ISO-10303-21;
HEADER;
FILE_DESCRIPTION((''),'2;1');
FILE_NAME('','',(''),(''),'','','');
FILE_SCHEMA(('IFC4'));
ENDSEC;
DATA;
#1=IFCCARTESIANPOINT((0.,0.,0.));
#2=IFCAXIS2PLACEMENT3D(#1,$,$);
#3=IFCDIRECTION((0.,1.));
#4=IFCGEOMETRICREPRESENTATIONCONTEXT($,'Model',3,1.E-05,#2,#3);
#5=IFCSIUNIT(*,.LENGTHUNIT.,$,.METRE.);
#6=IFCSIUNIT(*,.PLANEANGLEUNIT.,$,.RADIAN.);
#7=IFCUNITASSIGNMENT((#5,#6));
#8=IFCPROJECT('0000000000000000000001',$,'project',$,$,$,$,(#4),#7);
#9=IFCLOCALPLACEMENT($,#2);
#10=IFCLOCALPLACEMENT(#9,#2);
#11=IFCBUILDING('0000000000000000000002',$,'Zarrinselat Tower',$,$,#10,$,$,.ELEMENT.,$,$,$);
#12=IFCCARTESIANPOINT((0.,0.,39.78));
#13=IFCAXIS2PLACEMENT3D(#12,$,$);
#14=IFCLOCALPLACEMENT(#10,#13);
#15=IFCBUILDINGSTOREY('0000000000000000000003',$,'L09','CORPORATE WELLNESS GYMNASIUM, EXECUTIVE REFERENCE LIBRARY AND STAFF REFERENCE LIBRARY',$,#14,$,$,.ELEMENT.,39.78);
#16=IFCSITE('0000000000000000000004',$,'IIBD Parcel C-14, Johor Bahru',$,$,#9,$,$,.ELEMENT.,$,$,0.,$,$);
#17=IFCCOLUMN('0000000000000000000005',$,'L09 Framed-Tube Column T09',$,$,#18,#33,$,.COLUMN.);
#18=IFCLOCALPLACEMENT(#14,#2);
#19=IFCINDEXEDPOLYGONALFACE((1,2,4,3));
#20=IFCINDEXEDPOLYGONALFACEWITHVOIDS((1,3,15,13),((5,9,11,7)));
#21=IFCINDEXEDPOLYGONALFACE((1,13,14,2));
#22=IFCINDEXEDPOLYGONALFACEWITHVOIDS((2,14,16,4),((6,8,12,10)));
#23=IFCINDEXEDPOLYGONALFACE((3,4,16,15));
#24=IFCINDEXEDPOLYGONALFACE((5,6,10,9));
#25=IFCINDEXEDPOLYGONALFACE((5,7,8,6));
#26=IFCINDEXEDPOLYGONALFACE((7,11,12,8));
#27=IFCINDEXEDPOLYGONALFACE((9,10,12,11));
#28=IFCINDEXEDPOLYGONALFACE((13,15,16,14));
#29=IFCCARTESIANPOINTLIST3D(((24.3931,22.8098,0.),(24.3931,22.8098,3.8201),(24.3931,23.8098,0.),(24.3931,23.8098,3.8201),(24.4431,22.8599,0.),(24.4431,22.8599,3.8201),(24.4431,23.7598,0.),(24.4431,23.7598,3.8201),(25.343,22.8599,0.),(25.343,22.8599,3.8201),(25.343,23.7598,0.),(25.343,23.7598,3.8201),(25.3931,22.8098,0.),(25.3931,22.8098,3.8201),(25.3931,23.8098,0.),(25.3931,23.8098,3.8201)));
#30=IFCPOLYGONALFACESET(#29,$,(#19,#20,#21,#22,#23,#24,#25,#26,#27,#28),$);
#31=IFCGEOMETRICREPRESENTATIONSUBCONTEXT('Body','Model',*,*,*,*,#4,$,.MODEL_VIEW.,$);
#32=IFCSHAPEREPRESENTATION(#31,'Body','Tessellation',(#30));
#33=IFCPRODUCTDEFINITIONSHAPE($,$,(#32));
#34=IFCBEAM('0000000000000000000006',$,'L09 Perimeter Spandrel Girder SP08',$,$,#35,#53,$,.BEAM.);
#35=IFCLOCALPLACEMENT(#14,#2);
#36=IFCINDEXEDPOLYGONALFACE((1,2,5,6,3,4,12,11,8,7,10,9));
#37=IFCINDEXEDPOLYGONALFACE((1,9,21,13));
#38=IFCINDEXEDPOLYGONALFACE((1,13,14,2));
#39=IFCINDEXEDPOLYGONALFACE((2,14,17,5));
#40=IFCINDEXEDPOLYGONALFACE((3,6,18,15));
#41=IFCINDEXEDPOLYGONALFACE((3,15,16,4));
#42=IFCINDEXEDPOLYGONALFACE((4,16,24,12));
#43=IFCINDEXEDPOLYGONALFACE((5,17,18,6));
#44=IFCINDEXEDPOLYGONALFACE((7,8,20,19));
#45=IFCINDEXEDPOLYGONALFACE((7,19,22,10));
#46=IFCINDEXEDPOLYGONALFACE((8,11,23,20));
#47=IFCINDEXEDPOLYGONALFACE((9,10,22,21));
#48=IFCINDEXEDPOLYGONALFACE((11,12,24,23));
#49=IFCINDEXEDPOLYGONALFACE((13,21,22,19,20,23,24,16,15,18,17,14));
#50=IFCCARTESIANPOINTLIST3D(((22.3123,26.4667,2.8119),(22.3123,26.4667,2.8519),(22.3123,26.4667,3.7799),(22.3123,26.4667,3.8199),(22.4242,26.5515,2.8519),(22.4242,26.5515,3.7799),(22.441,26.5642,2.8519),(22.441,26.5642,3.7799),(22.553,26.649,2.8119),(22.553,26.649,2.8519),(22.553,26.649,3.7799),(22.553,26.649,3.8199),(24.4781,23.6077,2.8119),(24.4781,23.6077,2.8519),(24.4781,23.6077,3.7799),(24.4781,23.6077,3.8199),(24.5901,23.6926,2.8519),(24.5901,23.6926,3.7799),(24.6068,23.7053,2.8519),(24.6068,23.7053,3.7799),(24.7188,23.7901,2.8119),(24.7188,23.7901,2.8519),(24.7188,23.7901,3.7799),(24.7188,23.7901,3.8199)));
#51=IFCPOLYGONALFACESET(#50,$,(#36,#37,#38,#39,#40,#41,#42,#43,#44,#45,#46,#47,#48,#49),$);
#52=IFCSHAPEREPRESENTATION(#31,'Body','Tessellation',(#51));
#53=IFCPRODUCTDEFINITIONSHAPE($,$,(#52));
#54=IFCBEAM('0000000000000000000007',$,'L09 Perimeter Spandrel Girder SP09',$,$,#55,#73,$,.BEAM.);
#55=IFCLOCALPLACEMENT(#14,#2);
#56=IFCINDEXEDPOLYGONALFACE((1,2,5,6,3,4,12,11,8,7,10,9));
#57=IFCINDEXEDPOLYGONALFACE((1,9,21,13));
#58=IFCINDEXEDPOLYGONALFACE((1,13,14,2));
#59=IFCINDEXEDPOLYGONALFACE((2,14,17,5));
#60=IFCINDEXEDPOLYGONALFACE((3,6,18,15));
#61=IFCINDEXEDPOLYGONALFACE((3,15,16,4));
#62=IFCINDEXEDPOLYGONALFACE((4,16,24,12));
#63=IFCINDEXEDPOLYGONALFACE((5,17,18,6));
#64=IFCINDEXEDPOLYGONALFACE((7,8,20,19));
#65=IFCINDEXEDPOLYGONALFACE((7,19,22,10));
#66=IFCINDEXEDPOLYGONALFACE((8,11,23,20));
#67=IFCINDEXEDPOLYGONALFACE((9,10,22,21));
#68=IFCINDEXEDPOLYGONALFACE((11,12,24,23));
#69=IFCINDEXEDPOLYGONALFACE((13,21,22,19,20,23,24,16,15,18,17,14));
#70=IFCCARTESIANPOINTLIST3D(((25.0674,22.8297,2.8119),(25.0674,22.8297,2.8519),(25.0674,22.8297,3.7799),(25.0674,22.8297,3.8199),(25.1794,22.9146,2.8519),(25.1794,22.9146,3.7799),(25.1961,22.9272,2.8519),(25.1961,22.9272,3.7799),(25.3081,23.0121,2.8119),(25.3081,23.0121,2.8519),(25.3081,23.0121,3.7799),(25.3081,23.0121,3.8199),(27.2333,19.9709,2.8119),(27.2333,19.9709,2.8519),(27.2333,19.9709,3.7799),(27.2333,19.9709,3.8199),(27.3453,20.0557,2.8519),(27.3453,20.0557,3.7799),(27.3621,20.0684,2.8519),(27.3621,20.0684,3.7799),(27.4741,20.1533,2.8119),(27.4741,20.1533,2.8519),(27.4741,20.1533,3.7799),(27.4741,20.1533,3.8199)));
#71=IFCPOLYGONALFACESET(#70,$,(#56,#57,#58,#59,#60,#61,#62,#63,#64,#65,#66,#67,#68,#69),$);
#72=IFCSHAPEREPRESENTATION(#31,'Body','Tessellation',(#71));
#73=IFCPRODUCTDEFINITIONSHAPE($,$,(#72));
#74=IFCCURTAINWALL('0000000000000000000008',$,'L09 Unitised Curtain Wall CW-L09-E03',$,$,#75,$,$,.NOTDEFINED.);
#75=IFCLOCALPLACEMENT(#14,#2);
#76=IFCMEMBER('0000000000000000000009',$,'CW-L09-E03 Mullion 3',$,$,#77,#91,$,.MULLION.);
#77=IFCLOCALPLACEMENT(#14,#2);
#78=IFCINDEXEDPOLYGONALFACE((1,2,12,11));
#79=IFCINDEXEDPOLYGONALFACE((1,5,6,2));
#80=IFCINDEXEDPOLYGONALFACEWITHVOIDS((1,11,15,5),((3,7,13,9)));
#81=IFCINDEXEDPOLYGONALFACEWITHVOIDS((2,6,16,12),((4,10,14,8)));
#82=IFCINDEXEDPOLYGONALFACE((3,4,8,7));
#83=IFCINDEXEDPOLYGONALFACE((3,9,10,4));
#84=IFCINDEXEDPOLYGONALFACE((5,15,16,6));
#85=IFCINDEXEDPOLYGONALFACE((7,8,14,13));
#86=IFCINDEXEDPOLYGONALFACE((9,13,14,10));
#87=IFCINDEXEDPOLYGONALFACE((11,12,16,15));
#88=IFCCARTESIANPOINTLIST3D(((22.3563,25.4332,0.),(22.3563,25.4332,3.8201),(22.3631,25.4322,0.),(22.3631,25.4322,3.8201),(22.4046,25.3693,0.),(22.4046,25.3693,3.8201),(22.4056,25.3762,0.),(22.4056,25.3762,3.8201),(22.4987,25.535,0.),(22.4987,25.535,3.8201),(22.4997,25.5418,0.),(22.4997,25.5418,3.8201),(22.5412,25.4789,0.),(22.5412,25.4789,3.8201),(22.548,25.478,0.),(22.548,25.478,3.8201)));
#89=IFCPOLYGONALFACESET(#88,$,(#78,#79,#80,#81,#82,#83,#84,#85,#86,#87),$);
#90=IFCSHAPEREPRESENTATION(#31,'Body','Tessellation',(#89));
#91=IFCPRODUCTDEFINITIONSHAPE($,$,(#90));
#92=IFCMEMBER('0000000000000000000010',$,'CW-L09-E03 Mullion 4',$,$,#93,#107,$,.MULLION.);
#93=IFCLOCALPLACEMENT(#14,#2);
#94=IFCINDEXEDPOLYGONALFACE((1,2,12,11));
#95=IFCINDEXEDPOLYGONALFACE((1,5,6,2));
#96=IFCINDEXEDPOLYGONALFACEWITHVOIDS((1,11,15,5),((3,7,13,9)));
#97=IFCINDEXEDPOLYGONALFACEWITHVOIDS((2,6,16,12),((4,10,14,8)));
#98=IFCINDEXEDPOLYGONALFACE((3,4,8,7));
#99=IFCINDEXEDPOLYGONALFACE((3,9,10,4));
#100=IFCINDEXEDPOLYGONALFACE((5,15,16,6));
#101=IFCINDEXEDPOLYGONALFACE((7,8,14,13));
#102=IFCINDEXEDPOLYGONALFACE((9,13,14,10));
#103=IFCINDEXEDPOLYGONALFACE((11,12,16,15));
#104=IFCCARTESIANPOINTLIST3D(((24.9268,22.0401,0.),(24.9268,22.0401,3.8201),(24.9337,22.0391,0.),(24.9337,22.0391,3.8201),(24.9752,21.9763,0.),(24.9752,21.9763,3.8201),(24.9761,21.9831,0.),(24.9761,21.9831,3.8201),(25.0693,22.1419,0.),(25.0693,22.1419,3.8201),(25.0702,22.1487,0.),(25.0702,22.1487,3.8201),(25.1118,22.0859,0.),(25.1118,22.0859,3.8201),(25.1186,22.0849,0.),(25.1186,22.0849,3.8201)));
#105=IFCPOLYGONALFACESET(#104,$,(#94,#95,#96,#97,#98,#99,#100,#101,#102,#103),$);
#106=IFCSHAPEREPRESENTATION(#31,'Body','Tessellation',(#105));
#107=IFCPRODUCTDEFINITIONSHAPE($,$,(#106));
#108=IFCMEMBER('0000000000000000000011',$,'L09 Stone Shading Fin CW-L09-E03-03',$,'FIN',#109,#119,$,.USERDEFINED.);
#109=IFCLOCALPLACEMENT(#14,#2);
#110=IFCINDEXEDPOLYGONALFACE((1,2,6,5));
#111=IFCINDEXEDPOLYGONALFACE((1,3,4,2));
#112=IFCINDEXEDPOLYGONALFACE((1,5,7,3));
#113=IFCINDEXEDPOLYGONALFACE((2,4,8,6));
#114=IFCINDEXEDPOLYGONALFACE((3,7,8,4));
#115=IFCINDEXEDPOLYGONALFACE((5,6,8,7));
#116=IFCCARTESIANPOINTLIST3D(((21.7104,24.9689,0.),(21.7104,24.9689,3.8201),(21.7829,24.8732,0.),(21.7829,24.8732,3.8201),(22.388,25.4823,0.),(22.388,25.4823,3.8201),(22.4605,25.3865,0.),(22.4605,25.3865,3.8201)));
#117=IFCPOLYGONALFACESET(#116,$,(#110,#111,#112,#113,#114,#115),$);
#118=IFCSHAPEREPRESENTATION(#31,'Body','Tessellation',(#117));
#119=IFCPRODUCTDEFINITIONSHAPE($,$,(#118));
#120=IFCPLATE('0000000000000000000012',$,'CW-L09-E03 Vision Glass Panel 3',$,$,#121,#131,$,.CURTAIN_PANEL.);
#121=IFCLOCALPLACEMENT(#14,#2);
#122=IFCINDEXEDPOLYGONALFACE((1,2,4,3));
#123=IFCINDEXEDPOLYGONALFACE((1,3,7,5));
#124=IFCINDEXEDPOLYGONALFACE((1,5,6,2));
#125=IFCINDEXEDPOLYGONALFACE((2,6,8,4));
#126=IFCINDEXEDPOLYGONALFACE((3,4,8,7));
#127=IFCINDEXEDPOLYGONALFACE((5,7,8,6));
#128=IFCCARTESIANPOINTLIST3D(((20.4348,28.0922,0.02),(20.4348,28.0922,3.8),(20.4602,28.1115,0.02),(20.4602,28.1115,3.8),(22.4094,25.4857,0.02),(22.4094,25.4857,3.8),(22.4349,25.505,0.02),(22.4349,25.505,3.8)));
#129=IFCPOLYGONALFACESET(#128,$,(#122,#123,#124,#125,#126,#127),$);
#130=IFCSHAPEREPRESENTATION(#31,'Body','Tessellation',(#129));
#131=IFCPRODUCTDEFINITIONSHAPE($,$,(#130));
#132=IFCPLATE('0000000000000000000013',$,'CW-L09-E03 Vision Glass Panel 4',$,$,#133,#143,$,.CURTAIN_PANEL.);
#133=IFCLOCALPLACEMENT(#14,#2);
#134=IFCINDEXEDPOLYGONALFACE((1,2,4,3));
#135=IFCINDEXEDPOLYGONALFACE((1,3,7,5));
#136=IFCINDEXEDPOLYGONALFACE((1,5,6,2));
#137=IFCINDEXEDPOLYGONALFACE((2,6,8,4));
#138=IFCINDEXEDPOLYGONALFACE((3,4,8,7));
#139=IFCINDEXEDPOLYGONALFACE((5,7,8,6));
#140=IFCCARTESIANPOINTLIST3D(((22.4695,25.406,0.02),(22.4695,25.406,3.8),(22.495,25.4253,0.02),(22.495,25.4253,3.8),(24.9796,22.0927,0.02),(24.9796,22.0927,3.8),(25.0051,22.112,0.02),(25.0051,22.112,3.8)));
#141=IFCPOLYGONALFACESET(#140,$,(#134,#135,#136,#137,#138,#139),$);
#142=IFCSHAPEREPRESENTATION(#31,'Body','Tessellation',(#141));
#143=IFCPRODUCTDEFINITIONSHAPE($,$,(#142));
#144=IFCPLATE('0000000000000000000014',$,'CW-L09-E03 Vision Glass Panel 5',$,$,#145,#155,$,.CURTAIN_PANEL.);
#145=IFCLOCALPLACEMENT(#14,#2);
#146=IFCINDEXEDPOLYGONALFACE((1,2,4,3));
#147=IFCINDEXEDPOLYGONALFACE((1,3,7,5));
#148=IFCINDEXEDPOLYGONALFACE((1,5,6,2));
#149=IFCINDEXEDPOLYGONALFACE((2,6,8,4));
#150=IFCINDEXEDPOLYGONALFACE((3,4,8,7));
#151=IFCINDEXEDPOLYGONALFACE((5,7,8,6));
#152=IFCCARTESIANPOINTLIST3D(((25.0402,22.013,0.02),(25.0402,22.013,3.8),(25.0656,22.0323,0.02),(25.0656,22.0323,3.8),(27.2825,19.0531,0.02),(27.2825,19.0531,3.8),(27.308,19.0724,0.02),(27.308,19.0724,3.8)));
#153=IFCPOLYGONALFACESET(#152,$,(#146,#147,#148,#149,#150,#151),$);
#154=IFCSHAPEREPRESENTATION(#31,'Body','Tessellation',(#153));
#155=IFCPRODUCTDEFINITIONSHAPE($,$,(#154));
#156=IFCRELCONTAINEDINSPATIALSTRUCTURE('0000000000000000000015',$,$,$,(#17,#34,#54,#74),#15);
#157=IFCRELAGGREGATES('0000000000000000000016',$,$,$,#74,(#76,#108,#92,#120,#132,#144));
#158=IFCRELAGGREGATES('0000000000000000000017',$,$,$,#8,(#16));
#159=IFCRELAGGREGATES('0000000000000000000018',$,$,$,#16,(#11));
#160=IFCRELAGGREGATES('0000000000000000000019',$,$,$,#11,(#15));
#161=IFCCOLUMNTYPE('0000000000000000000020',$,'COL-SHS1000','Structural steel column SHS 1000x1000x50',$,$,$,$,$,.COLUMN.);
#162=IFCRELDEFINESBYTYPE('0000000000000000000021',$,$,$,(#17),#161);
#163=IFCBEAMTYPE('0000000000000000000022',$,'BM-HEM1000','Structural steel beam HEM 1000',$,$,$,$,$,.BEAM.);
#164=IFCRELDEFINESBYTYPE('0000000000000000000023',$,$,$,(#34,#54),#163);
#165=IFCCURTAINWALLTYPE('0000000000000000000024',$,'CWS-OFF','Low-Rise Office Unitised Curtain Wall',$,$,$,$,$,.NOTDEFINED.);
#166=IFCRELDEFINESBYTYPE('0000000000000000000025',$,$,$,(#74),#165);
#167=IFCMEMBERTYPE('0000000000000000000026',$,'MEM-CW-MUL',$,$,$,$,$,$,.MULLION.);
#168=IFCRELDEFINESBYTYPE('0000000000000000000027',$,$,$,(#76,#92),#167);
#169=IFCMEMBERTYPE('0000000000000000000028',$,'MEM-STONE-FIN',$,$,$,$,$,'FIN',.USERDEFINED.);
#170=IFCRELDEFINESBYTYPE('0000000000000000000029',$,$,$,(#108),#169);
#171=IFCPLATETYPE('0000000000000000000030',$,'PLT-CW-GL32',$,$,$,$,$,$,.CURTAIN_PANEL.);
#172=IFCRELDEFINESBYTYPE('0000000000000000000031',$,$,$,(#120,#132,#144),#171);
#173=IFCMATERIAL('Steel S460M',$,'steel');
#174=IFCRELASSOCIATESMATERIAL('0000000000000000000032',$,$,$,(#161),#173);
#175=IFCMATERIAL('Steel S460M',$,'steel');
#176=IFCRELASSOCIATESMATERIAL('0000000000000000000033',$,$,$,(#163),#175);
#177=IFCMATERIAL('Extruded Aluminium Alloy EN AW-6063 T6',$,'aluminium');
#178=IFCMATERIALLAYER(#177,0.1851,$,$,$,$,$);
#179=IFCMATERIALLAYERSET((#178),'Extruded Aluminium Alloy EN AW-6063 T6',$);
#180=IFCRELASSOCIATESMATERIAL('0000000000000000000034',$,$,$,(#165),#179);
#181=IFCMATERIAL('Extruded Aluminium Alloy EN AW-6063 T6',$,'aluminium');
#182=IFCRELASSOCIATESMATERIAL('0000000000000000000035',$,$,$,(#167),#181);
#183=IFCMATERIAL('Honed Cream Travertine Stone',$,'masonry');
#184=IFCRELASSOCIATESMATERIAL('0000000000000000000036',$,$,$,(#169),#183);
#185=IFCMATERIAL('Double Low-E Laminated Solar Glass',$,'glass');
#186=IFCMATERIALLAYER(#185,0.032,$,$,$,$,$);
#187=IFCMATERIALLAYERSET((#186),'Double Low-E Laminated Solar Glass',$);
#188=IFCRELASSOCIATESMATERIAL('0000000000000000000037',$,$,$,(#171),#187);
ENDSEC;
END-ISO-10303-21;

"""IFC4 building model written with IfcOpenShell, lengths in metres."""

from ifc_helpers import new_model, si_unit, direction, frame, origin, origin_2d, place, context, subcontext, project, spatial, rectangle, hollow_rectangle, i_section, extrude, material, layer, layer_set, material_profile, profile_set, type_object, element, aggregate, save


model = new_model("IFC4")

# Units and contexts
model_context = context("Model", 3, precision=1e-05, world=origin(), true_north=direction((0.0, 1.0)))
body_context = subcontext(model_context, "Body", "Model", "MODEL_VIEW")
ifc_project = project(units=[si_unit("LENGTHUNIT", "METRE"), si_unit("PLANEANGLEUNIT", "RADIAN")], contexts=[model_context])

# Site, building, storey
site_placement = place(None, origin())
site = spatial("IfcSite", under=ifc_project, at=site_placement, Name="IIBD Parcel C-14, Johor Bahru", CompositionType="ELEMENT", RefElevation=0.0)
building_placement = place(site_placement, origin())
building = spatial("IfcBuilding", under=site, at=building_placement, Name="Zarrinselat Tower", CompositionType="ELEMENT")
storey_placement = place(building_placement, frame((0.0, 0.0, 39.78)))
storey = spatial("IfcBuildingStorey", under=building, at=storey_placement, Name="L09", Description="CORPORATE WELLNESS GYMNASIUM, EXECUTIVE REFERENCE LIBRARY AND STAFF REFERENCE LIBRARY", CompositionType="ELEMENT", Elevation=39.78)

# Column
ifc_material_1 = material(Name="Steel S460M", Category="steel")
ifc_material_profile_1 = material_profile(ifc_material_1, hollow_rectangle(XDim=1.0, YDim=1.0, WallThickness=0.05, at=origin_2d()), Name="SHS 1000x1000x50")
ifc_profile_set_1 = profile_set([ifc_material_profile_1], Name="Steel S460M")
column_type = type_object("IfcColumnType", Name="COL-SHS1000", Description="Structural steel column SHS 1000x1000x50", PredefinedType="COLUMN", material=ifc_profile_set_1)
column_placement = place(storey_placement, frame((24.8931, 23.3098, 0.0), z_axis=(0.0, 0.0, 1.0), x_axis=(1.0, 0.0, 0.0)))
element("IfcColumn", 1, at=column_placement, inside=storey, type_object=column_type, Name="L09 Framed-Tube Column T09", PredefinedType="COLUMN", context=body_context, shape_type="SweptSolid", body=[
    extrude(hollow_rectangle(XDim=1.0, YDim=1.0, WallThickness=0.05, at=origin_2d()), origin(), (0.0, 0.0, 1.0), 3.8201),
])

# Beams
ifc_material_2 = material(Name="Steel S460M", Category="steel")
ifc_material_profile_2 = material_profile(ifc_material_2, i_section(OverallWidth=0.302, OverallDepth=1.0081, WebThickness=0.021, FlangeThickness=0.04, at=origin_2d()), Name="HEM 1000")
ifc_profile_set_2 = profile_set([ifc_material_profile_2], Name="Steel S460M")
beam_type = type_object("IfcBeamType", Name="BM-HEM1000", Description="Structural steel beam HEM 1000", PredefinedType="BEAM", material=ifc_profile_set_2)
for number, where, z_axis, x_axis, name in (
    (2, (22.4326, 26.5579, 3.3159), (0.603849, -0.797099, 0.0), (0.797099, 0.603849, 0.0), "L09 Perimeter Spandrel Girder SP08"),
    (3, (25.1877, 22.9209, 3.3159), (0.603892, -0.797066, 0.0), (0.797066, 0.603892, 0.0), "L09 Perimeter Spandrel Girder SP09"),
):
    element("IfcBeam", number, at=place(storey_placement, frame(where, z_axis=z_axis, x_axis=x_axis)), inside=storey, type_object=beam_type, Name=name, PredefinedType="BEAM", context=body_context, shape_type="SweptSolid", body=[
        extrude(i_section(OverallWidth=0.302, OverallDepth=1.0081, WebThickness=0.021, FlangeThickness=0.04, at=origin_2d()), origin(), (0.0, 0.0, 1.0), 3.5867),
    ])

# Curtain wall, members, plates
ifc_material_3 = material(Name="Extruded Aluminium Alloy EN AW-6063 T6", Category="aluminium")
ifc_layer_1 = layer(ifc_material_3, 0.1851)
ifc_layer_set_1 = layer_set([ifc_layer_1], Name="Extruded Aluminium Alloy EN AW-6063 T6")
curtain_wall_type = type_object("IfcCurtainWallType", Name="CWS-OFF", Description="Low-Rise Office Unitised Curtain Wall", PredefinedType="NOTDEFINED", material=ifc_layer_set_1)
curtain_wall_placement = place(storey_placement, origin())
curtain_wall = element("IfcCurtainWall", 4, at=curtain_wall_placement, inside=storey, type_object=curtain_wall_type, Name="L09 Unitised Curtain Wall CW-L09-E03", PredefinedType="NOTDEFINED")
ifc_material_4 = material(Name="Extruded Aluminium Alloy EN AW-6063 T6", Category="aluminium")
ifc_material_profile_3 = material_profile(ifc_material_4, hollow_rectangle(XDim=0.0801, YDim=0.1799, WallThickness=0.0049, at=origin_2d()), Name="RHS 180x80x5")
ifc_profile_set_3 = profile_set([ifc_material_profile_3], Name="Extruded Aluminium Alloy EN AW-6063 T6")
member_type_1 = type_object("IfcMemberType", Name="MEM-CW-MUL", PredefinedType="MULLION", material=ifc_profile_set_3)
member_1_placement = place(storey_placement, frame((22.4521, 25.4556, 0.0), z_axis=(0.0, 0.0, 1.0), x_axis=(0.603857, -0.797092, 0.0)))
member_1 = element("IfcMember", 5, at=member_1_placement, type_object=member_type_1, Name="CW-L09-E03 Mullion 3", PredefinedType="MULLION", context=body_context, shape_type="SweptSolid", body=[
    extrude(hollow_rectangle(XDim=0.0801, YDim=0.1799, WallThickness=0.0049, at=origin_2d()), origin(), (0.0, 0.0, 1.0), 3.8201),
])
member_2_placement = place(storey_placement, frame((25.0227, 22.0625, 0.0), z_axis=(0.0, 0.0, 1.0), x_axis=(0.603857, -0.797092, 0.0)))
member_2 = element("IfcMember", 6, at=member_2_placement, type_object=member_type_1, Name="CW-L09-E03 Mullion 4", PredefinedType="MULLION", context=body_context, shape_type="SweptSolid", body=[
    extrude(hollow_rectangle(XDim=0.0801, YDim=0.1799, WallThickness=0.0049, at=origin_2d()), origin(), (0.0, 0.0, 1.0), 3.8201),
])
ifc_material_5 = material(Name="Honed Cream Travertine Stone", Category="masonry")
ifc_material_profile_4 = material_profile(ifc_material_5, rectangle(XDim=0.1201, YDim=0.8501, at=origin_2d()), Name="FIN 850x120")
ifc_profile_set_4 = profile_set([ifc_material_profile_4], Name="Honed Cream Travertine Stone")
member_type_2 = type_object("IfcMemberType", Name="MEM-STONE-FIN", ElementType="FIN", PredefinedType="USERDEFINED", material=ifc_profile_set_4)
member_3_placement = place(storey_placement, frame((22.0854, 25.1777, 0.0), z_axis=(0.0, 0.0, 1.0), x_axis=(-0.603857, 0.797092, 0.0)))
member_3 = element("IfcMember", 7, at=member_3_placement, type_object=member_type_2, Name="L09 Stone Shading Fin CW-L09-E03-03", ObjectType="FIN", PredefinedType="USERDEFINED", context=body_context, shape_type="SweptSolid", body=[
    extrude(rectangle(XDim=0.1201, YDim=0.8501, at=origin_2d()), origin(), (0.0, 0.0, 1.0), 3.8201),
])
ifc_material_6 = material(Name="Double Low-E Laminated Solar Glass", Category="glass")
ifc_layer_2 = layer(ifc_material_6, 0.032)
ifc_layer_set_2 = layer_set([ifc_layer_2], Name="Double Low-E Laminated Solar Glass")
plate_type = type_object("IfcPlateType", Name="PLT-CW-GL32", PredefinedType="CURTAIN_PANEL", material=ifc_layer_set_2)
plate_1_placement = place(storey_placement, frame((21.4348, 26.7986, 0.02), z_axis=(0.0, 0.0, 1.0), x_axis=(0.603857, -0.797092, 0.0)))
plate_1 = element("IfcPlate", 8, at=plate_1_placement, type_object=plate_type, Name="CW-L09-E03 Vision Glass Panel 3", PredefinedType="CURTAIN_PANEL", context=body_context, shape_type="SweptSolid", body=[
    extrude(rectangle(XDim=3.27, YDim=0.032, at=origin_2d()), origin(), (0.0, 0.0, 1.0), 3.78),
])
plate_2_placement = place(storey_placement, frame((23.7373, 23.759, 0.02), z_axis=(0.0, 0.0, 1.0), x_axis=(0.603857, -0.797092, 0.0)))
plate_2 = element("IfcPlate", 9, at=plate_2_placement, type_object=plate_type, Name="CW-L09-E03 Vision Glass Panel 4", PredefinedType="CURTAIN_PANEL", context=body_context, shape_type="SweptSolid", body=[
    extrude(rectangle(XDim=4.1567, YDim=0.032, at=origin_2d()), origin(), (0.0, 0.0, 1.0), 3.78),
])
plate_3_placement = place(storey_placement, frame((26.1741, 20.5427, 0.02), z_axis=(0.0, 0.0, 1.0), x_axis=(0.603857, -0.797092, 0.0)))
plate_3 = element("IfcPlate", 10, at=plate_3_placement, type_object=plate_type, Name="CW-L09-E03 Vision Glass Panel 5", PredefinedType="CURTAIN_PANEL", context=body_context, shape_type="SweptSolid", body=[
    extrude(rectangle(XDim=3.7134, YDim=0.032, at=origin_2d()), origin(), (0.0, 0.0, 1.0), 3.78),
])
aggregate(curtain_wall, [member_1, member_3, member_2, plate_1, plate_2, plate_3])

save(model, "model.ifc")
